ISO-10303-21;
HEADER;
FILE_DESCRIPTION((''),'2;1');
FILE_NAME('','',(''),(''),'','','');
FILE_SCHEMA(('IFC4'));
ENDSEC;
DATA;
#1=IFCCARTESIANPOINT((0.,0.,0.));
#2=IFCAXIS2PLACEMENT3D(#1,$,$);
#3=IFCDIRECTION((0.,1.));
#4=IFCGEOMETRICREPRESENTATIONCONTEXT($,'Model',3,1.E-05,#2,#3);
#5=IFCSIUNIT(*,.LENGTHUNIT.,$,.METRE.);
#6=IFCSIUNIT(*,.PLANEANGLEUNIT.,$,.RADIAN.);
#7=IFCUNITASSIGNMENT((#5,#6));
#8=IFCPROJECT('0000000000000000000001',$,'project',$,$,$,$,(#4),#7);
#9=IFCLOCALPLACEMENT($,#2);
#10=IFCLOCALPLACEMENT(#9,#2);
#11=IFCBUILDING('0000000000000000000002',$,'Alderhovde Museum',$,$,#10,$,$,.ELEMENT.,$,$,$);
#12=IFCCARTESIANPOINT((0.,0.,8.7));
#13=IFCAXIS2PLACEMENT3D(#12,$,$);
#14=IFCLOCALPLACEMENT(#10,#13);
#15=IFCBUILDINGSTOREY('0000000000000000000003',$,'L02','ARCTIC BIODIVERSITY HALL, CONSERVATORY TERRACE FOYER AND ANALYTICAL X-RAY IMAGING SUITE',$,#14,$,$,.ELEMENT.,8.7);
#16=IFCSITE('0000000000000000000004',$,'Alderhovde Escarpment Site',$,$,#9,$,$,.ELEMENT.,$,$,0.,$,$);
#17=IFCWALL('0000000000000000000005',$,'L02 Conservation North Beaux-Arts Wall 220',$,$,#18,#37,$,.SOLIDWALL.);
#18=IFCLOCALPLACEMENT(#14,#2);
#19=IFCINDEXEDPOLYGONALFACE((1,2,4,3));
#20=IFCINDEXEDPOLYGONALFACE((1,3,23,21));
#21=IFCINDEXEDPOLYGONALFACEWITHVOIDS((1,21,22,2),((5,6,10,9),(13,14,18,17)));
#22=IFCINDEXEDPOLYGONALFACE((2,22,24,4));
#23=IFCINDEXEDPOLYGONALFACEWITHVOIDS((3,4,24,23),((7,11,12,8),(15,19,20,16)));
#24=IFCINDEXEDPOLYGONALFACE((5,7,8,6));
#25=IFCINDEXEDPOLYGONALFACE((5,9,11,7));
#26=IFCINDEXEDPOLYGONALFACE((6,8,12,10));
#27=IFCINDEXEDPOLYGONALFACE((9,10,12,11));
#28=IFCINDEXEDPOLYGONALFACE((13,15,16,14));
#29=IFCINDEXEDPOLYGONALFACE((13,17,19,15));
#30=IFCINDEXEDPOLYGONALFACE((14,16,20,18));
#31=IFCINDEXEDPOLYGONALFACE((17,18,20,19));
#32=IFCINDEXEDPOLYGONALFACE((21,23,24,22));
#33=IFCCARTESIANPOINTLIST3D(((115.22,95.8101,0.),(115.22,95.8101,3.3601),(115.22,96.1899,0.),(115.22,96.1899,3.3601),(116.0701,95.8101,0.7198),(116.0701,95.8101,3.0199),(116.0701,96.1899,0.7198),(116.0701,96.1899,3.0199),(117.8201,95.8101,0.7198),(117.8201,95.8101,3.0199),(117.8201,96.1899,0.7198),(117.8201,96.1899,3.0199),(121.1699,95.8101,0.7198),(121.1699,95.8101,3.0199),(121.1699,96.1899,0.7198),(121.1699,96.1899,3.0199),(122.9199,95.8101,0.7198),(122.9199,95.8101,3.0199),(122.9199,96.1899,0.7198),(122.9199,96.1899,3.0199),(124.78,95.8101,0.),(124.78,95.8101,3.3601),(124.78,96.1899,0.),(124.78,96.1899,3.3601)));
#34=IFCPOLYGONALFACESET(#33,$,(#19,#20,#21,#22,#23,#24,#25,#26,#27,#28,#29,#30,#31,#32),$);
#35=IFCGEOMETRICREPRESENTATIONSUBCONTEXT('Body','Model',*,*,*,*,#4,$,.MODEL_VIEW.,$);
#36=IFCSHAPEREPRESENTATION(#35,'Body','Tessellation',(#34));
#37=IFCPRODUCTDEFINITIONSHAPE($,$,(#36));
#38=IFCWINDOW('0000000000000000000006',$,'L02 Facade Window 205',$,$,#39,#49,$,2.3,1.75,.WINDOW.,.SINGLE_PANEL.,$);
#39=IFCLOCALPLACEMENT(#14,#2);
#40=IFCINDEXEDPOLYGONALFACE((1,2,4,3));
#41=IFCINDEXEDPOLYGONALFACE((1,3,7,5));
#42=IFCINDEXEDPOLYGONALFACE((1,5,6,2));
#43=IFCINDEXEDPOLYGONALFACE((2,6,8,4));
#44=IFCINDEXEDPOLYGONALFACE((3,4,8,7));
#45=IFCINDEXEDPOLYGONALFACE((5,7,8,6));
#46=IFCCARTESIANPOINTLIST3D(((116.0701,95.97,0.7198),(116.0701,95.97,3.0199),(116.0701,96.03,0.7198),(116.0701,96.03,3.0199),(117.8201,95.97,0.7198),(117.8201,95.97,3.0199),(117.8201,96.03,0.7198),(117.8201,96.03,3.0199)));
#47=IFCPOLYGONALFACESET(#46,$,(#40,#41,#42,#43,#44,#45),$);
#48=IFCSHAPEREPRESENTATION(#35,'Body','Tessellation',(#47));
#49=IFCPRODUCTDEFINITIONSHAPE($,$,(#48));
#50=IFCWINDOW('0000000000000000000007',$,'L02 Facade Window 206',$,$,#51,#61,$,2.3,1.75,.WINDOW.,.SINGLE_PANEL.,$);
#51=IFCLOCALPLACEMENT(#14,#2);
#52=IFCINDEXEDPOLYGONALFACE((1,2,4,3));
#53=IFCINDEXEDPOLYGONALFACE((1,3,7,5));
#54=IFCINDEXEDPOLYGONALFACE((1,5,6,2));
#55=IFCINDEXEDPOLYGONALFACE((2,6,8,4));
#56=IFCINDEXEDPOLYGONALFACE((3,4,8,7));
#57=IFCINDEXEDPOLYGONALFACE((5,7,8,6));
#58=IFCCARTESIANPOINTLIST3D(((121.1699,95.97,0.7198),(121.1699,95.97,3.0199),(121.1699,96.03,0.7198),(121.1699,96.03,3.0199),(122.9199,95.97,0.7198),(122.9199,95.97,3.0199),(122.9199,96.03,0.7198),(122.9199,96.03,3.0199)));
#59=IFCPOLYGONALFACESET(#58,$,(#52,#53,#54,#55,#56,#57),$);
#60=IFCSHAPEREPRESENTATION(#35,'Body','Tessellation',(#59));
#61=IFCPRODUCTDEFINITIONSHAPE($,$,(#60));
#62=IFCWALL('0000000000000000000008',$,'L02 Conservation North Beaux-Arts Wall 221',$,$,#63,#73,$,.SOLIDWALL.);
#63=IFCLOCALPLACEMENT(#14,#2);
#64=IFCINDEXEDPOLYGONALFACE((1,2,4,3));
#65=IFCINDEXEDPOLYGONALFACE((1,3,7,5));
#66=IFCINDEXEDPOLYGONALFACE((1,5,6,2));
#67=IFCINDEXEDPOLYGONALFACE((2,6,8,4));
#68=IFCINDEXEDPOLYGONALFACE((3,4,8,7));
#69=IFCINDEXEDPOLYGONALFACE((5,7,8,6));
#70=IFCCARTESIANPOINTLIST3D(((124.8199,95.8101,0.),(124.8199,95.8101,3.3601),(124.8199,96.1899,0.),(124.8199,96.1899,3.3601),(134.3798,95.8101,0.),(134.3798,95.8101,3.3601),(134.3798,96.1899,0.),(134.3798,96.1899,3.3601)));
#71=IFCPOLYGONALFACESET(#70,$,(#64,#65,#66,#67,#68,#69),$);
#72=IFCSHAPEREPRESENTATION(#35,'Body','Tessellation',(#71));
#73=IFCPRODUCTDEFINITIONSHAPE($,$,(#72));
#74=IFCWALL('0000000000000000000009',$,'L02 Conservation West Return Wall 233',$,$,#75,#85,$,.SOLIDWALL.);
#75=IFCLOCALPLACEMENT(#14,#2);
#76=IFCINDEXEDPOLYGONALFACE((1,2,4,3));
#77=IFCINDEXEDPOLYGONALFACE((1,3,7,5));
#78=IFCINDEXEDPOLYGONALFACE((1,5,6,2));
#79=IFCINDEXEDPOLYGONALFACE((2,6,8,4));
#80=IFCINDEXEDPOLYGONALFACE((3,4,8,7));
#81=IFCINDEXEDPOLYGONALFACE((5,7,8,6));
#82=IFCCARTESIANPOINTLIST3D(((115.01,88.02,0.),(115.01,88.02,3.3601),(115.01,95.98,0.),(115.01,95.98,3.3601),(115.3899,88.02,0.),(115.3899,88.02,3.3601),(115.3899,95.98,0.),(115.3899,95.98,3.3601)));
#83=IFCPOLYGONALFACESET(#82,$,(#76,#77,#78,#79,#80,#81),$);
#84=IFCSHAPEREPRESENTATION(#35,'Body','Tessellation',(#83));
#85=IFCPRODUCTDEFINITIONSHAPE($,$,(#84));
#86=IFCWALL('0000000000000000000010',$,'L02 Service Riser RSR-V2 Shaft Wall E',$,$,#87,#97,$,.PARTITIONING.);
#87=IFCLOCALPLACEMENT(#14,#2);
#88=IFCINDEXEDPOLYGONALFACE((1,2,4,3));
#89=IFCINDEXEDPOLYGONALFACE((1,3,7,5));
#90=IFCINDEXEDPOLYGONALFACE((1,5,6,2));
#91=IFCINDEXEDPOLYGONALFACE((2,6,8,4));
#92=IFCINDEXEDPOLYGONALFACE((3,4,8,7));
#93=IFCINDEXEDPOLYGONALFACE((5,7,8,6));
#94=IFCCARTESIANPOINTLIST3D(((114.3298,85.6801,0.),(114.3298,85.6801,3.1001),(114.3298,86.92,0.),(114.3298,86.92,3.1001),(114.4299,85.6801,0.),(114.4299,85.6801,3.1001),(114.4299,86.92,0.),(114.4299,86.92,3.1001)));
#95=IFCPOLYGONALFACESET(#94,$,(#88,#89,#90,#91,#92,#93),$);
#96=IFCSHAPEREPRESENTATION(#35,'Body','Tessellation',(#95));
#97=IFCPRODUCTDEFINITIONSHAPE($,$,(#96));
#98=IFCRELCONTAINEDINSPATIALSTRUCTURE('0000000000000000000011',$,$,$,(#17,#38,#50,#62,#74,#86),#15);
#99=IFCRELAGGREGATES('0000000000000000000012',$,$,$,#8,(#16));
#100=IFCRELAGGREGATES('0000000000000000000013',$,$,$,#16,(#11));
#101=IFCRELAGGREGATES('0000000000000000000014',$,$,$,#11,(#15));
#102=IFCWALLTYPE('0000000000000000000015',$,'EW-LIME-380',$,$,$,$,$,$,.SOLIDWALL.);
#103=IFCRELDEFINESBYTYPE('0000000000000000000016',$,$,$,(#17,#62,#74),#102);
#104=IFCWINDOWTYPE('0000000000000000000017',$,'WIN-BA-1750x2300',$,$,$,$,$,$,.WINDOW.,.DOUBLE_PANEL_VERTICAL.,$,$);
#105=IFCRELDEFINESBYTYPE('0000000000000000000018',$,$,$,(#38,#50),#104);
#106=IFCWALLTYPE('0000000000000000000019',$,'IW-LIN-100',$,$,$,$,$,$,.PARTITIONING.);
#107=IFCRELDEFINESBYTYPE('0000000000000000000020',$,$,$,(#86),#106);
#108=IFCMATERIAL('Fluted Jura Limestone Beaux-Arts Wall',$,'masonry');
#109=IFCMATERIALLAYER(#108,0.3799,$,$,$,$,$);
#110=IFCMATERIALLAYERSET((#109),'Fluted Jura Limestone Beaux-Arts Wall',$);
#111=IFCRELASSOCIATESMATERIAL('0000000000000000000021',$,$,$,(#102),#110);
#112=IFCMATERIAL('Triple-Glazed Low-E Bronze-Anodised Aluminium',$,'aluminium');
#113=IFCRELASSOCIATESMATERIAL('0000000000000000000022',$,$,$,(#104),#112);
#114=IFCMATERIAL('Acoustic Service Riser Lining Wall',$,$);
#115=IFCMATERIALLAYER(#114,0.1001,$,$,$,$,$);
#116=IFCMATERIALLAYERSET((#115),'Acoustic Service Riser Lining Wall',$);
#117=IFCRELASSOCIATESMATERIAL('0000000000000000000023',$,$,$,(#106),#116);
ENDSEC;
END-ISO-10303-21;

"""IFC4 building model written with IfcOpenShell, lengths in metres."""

from ifc_helpers import new_model, si_unit, direction, frame, frame_2d, origin, place, context, subcontext, project, spatial, rectangle, extrude, material, layer, layer_set, type_object, element, fill, save


model = new_model("IFC4")

# Units and contexts
model_context = context("Model", 3, precision=1e-05, world=origin(), true_north=direction((0.0, 1.0)))
body_context = subcontext(model_context, "Body", "Model", "MODEL_VIEW")
ifc_project = project(units=[si_unit("LENGTHUNIT", "METRE"), si_unit("PLANEANGLEUNIT", "RADIAN")], contexts=[model_context])

# Site, building, storey
site_placement = place(None, origin())
site = spatial("IfcSite", under=ifc_project, at=site_placement, Name="Alderhovde Escarpment Site", CompositionType="ELEMENT", RefElevation=0.0)
building_placement = place(site_placement, origin())
building = spatial("IfcBuilding", under=site, at=building_placement, Name="Alderhovde Museum", CompositionType="ELEMENT")
storey_placement = place(building_placement, frame((0.0, 0.0, 8.7)))
storey = spatial("IfcBuildingStorey", under=building, at=storey_placement, Name="L02", Description="ARCTIC BIODIVERSITY HALL, CONSERVATORY TERRACE FOYER AND ANALYTICAL X-RAY IMAGING SUITE", CompositionType="ELEMENT", Elevation=8.7)

# Wall, openings, windows
ifc_material_1 = material(Name="Fluted Jura Limestone Beaux-Arts Wall", Category="masonry")
ifc_layer_1 = layer(ifc_material_1, 0.3799)
ifc_layer_set_1 = layer_set([ifc_layer_1], Name="Fluted Jura Limestone Beaux-Arts Wall")
wall_type_1 = type_object("IfcWallType", Name="EW-LIME-380", PredefinedType="SOLIDWALL", material=ifc_layer_set_1)
wall_1_placement = place(storey_placement, frame((115.22, 96.0, 0.0), z_axis=(0.0, 0.0, 1.0), x_axis=(1.0, 0.0, 0.0)))
wall_1 = element("IfcWall", 1, at=wall_1_placement, inside=storey, type_object=wall_type_1, Name="L02 Conservation North Beaux-Arts Wall 220", PredefinedType="SOLIDWALL", context=body_context, shape_type="SweptSolid", body=[
    extrude(rectangle(XDim=9.5601, YDim=0.3799, at=frame_2d((4.78, 0.0))), origin(), (0.0, 0.0, 1.0), 3.3601),
])
opening_1_placement = place(wall_1_placement, frame((0.8501, 0.0, 0.72)))
opening_1 = element("IfcOpeningElement", 2, at=opening_1_placement, cuts=wall_1, PredefinedType="OPENING", context=body_context, shape_type="SweptSolid", body=[
    extrude(rectangle(XDim=1.75, YDim=2.3, at=frame_2d((0.875, 1.1499))), frame((0.0, 0.2, 0.0), z_axis=(0.0, -1.0, 0.0), x_axis=(1.0, 0.0, 0.0)), (0.0, 0.0, 1.0), 0.3999),
])
opening_2_placement = place(wall_1_placement, frame((5.95, 0.0, 0.72)))
opening_2 = element("IfcOpeningElement", 3, at=opening_2_placement, cuts=wall_1, PredefinedType="OPENING", context=body_context, shape_type="SweptSolid", body=[
    extrude(rectangle(XDim=1.75, YDim=2.3, at=frame_2d((0.875, 1.1499))), frame((0.0, 0.2, 0.0), z_axis=(0.0, -1.0, 0.0), x_axis=(1.0, 0.0, 0.0)), (0.0, 0.0, 1.0), 0.3999),
])
ifc_material_2 = material(Name="Triple-Glazed Low-E Bronze-Anodised Aluminium", Category="aluminium")
window_type = type_object("IfcWindowType", Name="WIN-BA-1750x2300", PartitioningType="DOUBLE_PANEL_VERTICAL", PredefinedType="WINDOW", material=ifc_material_2)
window_1_placement = place(opening_1_placement, origin())
window_1 = element("IfcWindow", 4, at=window_1_placement, inside=storey, type_object=window_type, Name="L02 Facade Window 205", OverallHeight=2.3, OverallWidth=1.75, PartitioningType="SINGLE_PANEL", PredefinedType="WINDOW", context=body_context, shape_type="SweptSolid", body=[
    extrude(rectangle(XDim=1.75, YDim=2.3, at=frame_2d((0.875, 1.1499))), frame((0.0, 0.03, 0.0), z_axis=(0.0, -1.0, 0.0), x_axis=(1.0, 0.0, 0.0)), (0.0, 0.0, 1.0), 0.0601),
])
fill(opening_1, window_1)
window_2_placement = place(opening_2_placement, origin())
window_2 = element("IfcWindow", 5, at=window_2_placement, inside=storey, type_object=window_type, Name="L02 Facade Window 206", OverallHeight=2.3, OverallWidth=1.75, PartitioningType="SINGLE_PANEL", PredefinedType="WINDOW", context=body_context, shape_type="SweptSolid", body=[
    extrude(rectangle(XDim=1.75, YDim=2.3, at=frame_2d((0.875, 1.1499))), frame((0.0, 0.03, 0.0), z_axis=(0.0, -1.0, 0.0), x_axis=(1.0, 0.0, 0.0)), (0.0, 0.0, 1.0), 0.0601),
])
fill(opening_2, window_2)

# Walls
wall_2_placement = place(storey_placement, frame((124.8201, 96.0, 0.0), z_axis=(0.0, 0.0, 1.0), x_axis=(1.0, 0.0, 0.0)))
element("IfcWall", 6, at=wall_2_placement, inside=storey, type_object=wall_type_1, Name="L02 Conservation North Beaux-Arts Wall 221", PredefinedType="SOLIDWALL", context=body_context, shape_type="SweptSolid", body=[
    extrude(rectangle(XDim=9.5598, YDim=0.3799, at=frame_2d((4.7798, 0.0))), origin(), (0.0, 0.0, 1.0), 3.3601),
])
wall_3_placement = place(storey_placement, frame((115.2, 88.02, 0.0), z_axis=(0.0, 0.0, 1.0), x_axis=(0.0, 1.0, 0.0)))
element("IfcWall", 7, at=wall_3_placement, inside=storey, type_object=wall_type_1, Name="L02 Conservation West Return Wall 233", PredefinedType="SOLIDWALL", context=body_context, shape_type="SweptSolid", body=[
    extrude(rectangle(XDim=7.96, YDim=0.3799, at=frame_2d((3.98, 0.0))), origin(), (0.0, 0.0, 1.0), 3.3601),
])
ifc_material_3 = material(Name="Acoustic Service Riser Lining Wall")
ifc_layer_2 = layer(ifc_material_3, 0.1001)
ifc_layer_set_2 = layer_set([ifc_layer_2], Name="Acoustic Service Riser Lining Wall")
wall_type_2 = type_object("IfcWallType", Name="IW-LIN-100", PredefinedType="PARTITIONING", material=ifc_layer_set_2)
wall_4_placement = place(storey_placement, frame((114.3799, 85.6799, 0.0), z_axis=(0.0, 0.0, 1.0), x_axis=(0.0, 1.0, 0.0)))
element("IfcWall", 8, at=wall_4_placement, inside=storey, type_object=wall_type_2, Name="L02 Service Riser RSR-V2 Shaft Wall E", PredefinedType="PARTITIONING", context=body_context, shape_type="SweptSolid", body=[
    extrude(rectangle(XDim=1.24, YDim=0.1001, at=frame_2d((0.6201, 0.0))), origin(), (0.0, 0.0, 1.0), 3.1001),
])

save(model, "model.ifc")
